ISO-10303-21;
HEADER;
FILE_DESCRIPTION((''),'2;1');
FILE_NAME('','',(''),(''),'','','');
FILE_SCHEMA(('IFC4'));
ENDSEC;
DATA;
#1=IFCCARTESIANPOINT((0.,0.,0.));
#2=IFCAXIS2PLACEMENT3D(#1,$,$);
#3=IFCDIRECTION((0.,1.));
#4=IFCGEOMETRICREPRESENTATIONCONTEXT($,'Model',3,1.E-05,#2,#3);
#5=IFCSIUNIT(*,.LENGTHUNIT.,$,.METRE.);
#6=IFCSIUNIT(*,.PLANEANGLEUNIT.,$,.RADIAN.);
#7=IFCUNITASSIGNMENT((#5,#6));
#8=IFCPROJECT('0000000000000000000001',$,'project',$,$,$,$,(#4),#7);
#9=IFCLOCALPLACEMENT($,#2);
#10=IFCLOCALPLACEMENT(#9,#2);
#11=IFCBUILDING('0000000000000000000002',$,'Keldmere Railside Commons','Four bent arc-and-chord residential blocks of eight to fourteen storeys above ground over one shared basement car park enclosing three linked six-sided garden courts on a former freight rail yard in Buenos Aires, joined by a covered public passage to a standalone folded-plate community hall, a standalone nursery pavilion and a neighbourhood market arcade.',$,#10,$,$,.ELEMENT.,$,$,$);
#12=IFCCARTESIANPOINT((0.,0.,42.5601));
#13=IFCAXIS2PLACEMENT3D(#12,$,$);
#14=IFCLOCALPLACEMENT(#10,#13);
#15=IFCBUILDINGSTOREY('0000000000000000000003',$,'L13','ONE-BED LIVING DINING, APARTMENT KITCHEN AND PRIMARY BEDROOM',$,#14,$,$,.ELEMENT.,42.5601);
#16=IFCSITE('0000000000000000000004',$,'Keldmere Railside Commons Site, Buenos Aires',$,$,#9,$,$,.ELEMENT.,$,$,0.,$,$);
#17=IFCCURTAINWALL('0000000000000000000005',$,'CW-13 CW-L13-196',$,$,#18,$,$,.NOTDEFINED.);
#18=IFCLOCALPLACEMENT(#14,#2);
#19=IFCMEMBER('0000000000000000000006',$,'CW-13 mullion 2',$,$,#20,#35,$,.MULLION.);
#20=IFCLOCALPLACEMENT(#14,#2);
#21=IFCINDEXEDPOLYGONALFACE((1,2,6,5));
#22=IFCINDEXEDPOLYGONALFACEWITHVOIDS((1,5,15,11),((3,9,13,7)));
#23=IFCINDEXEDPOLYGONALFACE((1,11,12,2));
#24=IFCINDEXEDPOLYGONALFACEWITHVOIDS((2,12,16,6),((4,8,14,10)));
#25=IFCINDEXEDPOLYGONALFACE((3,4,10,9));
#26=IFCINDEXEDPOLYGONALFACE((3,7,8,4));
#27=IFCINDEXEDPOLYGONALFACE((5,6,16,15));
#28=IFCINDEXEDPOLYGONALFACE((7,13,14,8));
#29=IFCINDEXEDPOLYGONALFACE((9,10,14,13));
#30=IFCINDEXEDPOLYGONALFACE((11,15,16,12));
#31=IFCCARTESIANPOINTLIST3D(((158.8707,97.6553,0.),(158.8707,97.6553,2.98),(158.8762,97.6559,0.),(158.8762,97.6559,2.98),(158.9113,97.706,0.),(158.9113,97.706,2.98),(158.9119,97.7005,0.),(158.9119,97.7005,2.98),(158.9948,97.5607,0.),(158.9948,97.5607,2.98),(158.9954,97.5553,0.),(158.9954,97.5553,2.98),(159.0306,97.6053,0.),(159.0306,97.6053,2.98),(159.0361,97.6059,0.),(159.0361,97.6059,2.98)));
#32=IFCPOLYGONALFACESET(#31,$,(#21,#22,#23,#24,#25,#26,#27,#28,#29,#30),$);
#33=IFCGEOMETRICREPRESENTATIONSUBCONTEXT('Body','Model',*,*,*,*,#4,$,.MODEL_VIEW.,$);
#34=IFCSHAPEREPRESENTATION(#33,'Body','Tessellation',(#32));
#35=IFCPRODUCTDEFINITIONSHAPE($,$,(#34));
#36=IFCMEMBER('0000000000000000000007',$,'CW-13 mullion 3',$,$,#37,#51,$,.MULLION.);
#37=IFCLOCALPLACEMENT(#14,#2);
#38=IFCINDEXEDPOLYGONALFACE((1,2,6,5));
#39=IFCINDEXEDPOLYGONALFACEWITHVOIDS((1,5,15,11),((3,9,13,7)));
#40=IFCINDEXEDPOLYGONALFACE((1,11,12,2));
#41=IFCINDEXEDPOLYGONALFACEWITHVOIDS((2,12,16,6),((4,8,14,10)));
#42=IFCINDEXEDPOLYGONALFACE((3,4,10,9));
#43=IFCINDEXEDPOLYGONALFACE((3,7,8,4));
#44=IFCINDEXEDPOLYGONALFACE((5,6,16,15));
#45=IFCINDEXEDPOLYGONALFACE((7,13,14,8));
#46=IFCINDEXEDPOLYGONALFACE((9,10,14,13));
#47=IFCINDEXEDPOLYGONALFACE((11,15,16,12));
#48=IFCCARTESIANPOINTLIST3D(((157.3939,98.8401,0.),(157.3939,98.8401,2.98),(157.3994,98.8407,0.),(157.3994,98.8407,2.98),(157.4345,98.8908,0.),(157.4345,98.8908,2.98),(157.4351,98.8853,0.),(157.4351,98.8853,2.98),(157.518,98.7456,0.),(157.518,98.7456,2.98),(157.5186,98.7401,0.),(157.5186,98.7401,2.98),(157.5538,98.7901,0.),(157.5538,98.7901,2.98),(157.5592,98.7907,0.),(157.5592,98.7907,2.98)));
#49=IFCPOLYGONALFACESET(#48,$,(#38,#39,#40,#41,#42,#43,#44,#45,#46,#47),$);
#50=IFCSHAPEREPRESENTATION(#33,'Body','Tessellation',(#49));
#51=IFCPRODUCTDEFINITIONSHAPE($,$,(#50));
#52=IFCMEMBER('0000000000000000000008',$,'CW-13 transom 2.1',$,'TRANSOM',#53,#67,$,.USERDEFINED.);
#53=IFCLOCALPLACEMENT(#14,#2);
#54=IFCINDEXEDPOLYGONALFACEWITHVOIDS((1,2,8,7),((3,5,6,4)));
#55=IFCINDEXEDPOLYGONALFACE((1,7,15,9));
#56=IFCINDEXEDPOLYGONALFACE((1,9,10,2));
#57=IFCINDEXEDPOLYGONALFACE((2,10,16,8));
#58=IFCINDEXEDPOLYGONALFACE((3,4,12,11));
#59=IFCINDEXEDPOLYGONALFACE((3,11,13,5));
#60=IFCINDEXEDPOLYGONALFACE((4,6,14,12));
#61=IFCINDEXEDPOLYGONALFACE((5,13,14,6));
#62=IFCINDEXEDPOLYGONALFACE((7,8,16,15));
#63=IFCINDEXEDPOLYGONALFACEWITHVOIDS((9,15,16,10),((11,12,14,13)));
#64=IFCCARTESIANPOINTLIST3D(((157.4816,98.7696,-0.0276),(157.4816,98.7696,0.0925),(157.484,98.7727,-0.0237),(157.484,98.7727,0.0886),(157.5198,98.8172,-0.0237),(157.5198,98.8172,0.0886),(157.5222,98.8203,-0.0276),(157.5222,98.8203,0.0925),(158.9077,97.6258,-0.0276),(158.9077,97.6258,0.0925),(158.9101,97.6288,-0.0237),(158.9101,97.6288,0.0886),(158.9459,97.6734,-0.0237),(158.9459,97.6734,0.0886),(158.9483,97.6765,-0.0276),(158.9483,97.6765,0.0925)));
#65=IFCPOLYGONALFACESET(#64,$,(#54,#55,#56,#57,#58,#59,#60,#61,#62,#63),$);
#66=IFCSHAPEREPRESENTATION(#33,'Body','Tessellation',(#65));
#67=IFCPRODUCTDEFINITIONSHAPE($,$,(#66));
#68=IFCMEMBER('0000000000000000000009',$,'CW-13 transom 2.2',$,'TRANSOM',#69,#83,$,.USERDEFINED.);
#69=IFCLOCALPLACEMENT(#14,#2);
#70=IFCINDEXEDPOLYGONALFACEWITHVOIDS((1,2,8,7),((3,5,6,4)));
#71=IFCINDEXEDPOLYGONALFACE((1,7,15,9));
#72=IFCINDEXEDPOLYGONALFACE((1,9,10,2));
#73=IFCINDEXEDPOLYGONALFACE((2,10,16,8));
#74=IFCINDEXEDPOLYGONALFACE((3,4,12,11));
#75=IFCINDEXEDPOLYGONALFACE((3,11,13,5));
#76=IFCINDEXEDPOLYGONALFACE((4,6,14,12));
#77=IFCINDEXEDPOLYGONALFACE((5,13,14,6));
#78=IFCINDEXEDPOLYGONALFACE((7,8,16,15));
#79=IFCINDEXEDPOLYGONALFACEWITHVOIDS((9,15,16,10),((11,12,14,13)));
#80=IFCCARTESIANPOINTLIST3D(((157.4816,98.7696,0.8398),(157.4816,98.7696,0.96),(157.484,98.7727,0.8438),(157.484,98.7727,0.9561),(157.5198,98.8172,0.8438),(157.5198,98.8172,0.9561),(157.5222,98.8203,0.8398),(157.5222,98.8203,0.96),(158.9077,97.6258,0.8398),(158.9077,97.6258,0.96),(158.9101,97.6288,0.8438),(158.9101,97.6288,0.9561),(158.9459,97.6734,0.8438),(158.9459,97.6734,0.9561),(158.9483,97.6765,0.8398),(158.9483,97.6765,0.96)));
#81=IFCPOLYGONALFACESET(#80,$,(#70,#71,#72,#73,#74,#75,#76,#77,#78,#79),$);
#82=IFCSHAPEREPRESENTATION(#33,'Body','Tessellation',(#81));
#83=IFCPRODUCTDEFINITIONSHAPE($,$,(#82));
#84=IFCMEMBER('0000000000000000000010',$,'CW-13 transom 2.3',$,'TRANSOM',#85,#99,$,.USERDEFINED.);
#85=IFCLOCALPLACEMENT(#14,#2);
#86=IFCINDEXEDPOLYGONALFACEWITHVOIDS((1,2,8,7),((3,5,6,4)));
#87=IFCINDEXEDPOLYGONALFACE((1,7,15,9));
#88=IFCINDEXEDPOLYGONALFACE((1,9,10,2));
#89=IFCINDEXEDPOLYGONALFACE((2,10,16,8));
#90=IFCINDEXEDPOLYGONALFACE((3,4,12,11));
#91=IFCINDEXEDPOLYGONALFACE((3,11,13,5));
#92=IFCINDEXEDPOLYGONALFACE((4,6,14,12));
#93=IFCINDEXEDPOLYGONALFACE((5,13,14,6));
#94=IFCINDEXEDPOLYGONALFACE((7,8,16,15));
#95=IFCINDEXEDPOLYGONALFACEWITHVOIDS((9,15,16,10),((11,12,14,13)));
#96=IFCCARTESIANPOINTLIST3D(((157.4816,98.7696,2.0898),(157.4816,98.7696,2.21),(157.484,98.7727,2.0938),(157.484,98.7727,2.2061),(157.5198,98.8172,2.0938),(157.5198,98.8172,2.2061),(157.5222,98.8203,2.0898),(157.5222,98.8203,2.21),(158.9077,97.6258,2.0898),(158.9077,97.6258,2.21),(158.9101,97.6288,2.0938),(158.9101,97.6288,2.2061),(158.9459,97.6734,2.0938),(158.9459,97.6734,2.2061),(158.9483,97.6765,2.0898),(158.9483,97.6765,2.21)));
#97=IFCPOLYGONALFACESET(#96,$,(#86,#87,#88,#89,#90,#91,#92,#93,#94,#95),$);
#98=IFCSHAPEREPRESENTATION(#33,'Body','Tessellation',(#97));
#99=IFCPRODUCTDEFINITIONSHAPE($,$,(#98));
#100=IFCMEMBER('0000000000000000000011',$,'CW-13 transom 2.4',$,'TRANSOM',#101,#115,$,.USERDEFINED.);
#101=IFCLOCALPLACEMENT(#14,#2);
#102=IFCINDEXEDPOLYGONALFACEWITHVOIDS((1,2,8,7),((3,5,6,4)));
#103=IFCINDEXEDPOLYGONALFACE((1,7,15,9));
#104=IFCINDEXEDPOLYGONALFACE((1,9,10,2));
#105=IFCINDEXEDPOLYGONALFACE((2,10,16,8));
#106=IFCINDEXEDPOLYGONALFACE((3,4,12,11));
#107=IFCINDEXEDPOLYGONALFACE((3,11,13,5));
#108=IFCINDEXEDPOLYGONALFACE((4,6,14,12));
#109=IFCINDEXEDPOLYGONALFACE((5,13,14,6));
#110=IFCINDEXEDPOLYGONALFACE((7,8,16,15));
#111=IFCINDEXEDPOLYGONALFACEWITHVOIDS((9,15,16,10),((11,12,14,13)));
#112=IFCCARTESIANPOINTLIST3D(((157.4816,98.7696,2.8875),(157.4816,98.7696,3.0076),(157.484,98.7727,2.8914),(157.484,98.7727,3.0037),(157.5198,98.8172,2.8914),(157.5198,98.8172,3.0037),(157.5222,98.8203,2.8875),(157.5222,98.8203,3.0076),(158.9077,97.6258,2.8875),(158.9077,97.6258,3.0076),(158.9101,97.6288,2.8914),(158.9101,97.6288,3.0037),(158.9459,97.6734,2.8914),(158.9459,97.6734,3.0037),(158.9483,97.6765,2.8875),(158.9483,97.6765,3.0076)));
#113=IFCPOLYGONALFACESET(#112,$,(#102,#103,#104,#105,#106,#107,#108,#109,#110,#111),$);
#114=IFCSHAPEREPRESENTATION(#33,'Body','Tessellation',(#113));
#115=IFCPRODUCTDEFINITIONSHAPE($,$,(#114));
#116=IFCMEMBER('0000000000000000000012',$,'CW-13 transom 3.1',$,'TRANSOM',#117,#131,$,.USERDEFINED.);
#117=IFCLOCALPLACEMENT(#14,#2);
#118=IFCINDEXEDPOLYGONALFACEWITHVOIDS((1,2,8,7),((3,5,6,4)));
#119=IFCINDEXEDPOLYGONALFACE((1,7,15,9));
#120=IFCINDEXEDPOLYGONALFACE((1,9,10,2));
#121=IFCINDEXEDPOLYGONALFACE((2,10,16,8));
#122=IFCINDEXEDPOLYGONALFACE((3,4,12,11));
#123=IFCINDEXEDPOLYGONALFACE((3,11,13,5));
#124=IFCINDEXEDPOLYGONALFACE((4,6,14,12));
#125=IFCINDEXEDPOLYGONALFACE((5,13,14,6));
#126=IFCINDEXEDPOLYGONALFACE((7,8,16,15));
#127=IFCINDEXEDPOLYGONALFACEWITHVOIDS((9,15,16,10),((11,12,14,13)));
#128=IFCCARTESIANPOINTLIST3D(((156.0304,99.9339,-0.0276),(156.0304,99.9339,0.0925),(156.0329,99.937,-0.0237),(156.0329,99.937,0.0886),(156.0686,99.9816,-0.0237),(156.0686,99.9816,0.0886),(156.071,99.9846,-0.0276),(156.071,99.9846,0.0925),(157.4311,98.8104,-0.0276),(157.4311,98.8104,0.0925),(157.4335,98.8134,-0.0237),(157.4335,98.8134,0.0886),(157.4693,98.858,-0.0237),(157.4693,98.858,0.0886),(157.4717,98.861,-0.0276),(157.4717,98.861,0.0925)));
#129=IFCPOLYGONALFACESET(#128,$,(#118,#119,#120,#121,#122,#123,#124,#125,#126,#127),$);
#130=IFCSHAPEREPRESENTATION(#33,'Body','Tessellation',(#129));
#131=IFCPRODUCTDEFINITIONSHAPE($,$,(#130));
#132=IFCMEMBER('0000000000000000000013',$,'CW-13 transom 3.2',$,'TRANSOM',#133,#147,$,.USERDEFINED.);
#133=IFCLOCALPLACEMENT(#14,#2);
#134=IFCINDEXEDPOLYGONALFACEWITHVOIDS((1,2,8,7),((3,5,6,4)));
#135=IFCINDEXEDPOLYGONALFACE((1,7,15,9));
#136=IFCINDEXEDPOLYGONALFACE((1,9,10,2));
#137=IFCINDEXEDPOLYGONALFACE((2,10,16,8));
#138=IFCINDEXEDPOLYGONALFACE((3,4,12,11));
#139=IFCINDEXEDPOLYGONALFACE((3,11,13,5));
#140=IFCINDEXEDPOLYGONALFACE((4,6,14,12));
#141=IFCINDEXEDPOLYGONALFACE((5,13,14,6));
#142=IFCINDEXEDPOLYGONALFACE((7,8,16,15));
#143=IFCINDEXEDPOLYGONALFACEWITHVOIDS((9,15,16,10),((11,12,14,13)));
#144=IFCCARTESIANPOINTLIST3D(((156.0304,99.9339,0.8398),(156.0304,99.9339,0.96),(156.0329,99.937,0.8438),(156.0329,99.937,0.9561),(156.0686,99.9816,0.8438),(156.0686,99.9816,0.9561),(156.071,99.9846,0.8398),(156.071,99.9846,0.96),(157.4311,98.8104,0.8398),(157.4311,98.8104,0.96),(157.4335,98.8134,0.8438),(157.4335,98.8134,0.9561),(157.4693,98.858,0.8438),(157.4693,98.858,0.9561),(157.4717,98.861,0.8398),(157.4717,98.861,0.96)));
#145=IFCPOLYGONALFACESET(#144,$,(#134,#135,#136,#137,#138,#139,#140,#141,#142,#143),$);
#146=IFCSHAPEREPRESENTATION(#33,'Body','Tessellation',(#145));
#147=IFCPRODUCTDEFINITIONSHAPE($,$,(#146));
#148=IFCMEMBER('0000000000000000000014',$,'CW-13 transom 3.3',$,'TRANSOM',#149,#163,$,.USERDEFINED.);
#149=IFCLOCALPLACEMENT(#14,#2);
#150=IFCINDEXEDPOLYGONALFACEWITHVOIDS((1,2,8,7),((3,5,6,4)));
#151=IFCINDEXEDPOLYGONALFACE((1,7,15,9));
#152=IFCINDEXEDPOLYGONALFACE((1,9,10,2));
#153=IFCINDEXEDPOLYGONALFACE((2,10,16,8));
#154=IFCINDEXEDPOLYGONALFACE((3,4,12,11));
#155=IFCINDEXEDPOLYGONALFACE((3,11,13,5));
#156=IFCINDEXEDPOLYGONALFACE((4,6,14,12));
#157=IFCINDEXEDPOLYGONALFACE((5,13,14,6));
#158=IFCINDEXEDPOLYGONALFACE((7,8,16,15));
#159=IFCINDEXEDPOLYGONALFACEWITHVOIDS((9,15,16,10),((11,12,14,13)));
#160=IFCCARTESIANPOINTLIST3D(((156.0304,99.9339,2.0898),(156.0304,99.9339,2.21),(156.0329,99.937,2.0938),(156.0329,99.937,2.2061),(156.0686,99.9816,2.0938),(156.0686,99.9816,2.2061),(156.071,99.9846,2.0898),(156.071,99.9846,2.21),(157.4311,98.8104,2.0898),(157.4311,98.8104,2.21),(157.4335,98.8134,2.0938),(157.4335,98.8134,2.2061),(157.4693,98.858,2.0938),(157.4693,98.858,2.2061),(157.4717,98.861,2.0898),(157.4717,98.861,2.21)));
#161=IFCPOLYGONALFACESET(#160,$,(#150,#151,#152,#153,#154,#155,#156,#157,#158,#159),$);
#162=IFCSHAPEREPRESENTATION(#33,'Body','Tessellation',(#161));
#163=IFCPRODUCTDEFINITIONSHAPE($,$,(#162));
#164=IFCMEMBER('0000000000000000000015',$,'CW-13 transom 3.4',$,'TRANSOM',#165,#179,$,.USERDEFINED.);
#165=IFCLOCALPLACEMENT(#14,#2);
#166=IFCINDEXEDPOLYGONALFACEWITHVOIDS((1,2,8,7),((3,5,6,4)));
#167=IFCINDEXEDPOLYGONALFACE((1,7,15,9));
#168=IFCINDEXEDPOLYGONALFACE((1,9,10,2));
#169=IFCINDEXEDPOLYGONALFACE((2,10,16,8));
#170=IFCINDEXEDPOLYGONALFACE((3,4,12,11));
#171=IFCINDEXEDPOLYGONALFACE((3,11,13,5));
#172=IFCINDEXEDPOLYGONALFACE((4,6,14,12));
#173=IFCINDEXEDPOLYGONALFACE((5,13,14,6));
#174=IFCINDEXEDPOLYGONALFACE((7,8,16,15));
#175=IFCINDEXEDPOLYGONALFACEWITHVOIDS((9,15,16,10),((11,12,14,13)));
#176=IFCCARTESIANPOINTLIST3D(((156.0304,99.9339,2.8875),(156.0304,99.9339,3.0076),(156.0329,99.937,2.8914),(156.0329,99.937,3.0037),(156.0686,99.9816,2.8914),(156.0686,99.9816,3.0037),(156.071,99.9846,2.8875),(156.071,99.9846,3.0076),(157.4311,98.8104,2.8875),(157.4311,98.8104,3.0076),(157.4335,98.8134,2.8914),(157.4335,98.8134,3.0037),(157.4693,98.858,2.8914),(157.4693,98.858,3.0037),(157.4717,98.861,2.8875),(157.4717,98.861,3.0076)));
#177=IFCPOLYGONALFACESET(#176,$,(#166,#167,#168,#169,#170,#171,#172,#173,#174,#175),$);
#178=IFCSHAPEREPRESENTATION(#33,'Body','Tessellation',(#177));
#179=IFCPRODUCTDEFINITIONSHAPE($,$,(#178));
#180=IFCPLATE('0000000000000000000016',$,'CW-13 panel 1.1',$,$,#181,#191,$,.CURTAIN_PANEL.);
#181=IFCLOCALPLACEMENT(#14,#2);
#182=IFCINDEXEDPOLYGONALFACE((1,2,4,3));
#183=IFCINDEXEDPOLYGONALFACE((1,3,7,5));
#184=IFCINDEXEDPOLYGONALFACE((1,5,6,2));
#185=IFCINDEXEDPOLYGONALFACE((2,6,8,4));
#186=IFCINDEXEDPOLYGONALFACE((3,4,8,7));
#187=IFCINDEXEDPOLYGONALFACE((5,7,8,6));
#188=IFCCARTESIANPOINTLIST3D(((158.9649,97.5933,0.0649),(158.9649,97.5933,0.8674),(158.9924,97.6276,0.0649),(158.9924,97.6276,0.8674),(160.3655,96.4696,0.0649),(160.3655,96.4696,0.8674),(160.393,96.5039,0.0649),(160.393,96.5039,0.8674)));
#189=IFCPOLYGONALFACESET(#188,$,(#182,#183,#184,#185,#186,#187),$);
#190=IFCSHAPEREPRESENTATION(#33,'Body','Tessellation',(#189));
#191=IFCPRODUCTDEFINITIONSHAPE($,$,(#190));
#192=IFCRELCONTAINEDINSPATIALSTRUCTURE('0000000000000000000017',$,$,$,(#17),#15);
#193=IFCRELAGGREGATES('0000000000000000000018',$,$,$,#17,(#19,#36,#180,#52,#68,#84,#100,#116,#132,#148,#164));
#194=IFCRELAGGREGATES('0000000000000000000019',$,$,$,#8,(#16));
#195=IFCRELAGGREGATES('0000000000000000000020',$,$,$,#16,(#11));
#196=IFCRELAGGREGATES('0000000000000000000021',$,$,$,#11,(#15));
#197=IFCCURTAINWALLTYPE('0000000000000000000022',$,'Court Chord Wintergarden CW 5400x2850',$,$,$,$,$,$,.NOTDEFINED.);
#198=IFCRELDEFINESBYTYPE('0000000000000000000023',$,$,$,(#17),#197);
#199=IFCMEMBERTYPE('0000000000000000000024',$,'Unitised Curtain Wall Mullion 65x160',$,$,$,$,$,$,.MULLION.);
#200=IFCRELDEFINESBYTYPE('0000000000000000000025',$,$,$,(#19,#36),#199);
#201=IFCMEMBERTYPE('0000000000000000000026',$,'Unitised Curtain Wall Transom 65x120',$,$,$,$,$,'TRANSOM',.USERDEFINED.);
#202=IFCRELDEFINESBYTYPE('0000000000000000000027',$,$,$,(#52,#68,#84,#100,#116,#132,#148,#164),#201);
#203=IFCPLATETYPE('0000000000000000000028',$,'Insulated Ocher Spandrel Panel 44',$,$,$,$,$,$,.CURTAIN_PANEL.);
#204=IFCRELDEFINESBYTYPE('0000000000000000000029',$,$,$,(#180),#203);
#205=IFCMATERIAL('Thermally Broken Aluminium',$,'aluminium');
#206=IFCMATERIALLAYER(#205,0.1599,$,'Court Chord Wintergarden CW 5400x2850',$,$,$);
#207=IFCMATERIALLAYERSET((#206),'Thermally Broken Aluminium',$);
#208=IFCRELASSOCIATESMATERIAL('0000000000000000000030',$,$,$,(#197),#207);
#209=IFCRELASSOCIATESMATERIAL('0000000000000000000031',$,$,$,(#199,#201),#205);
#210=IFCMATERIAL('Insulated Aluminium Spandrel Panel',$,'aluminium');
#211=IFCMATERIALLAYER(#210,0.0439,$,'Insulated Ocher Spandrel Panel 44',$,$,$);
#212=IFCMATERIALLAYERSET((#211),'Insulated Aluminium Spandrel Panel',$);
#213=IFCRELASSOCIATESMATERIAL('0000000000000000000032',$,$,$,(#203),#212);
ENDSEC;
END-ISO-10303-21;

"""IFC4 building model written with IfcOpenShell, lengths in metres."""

from ifc_helpers import new_model, si_unit, direction, frame, origin, origin_2d, place, context, subcontext, project, spatial, rectangle, hollow_rectangle, extrude, material, layer, layer_set, material_profile, profile_set, type_object, element, aggregate, save


model = new_model("IFC4")

# Units and contexts
model_context = context("Model", 3, precision=1e-05, world=origin(), true_north=direction((0.0, 1.0)))
body_context = subcontext(model_context, "Body", "Model", "MODEL_VIEW")
ifc_project = project(units=[si_unit("LENGTHUNIT", "METRE"), si_unit("PLANEANGLEUNIT", "RADIAN")], contexts=[model_context])

# Site, building, storey
site_placement = place(None, origin())
site = spatial("IfcSite", under=ifc_project, at=site_placement, Name="Keldmere Railside Commons Site, Buenos Aires", CompositionType="ELEMENT", RefElevation=0.0)
building_placement = place(site_placement, origin())
building = spatial("IfcBuilding", under=site, at=building_placement, Name="Keldmere Railside Commons", Description="Four bent arc-and-chord residential blocks of eight to fourteen storeys above ground over one shared basement car park enclosing three linked six-sided garden courts on a former freight rail yard in Buenos Aires, joined by a covered public passage to a standalone folded-plate community hall, a standalone nursery pavilion and a neighbourhood market arcade.", CompositionType="ELEMENT")
storey_placement = place(building_placement, frame((0.0, 0.0, 42.5601)))
storey = spatial("IfcBuildingStorey", under=building, at=storey_placement, Name="L13", Description="ONE-BED LIVING DINING, APARTMENT KITCHEN AND PRIMARY BEDROOM", CompositionType="ELEMENT", Elevation=42.5601)

# Curtain wall, members, plate
ifc_material_1 = material(Name="Thermally Broken Aluminium", Category="aluminium")
ifc_layer_1 = layer(ifc_material_1, 0.1599, Name="Court Chord Wintergarden CW 5400x2850")
ifc_layer_set_1 = layer_set([ifc_layer_1], Name="Thermally Broken Aluminium")
curtain_wall_type = type_object("IfcCurtainWallType", Name="Court Chord Wintergarden CW 5400x2850", PredefinedType="NOTDEFINED", material=ifc_layer_set_1)
curtain_wall_placement = place(storey_placement, origin())
curtain_wall = element("IfcCurtainWall", 1, at=curtain_wall_placement, inside=storey, type_object=curtain_wall_type, Name="CW-13 CW-L13-196", PredefinedType="NOTDEFINED")
ifc_material_profile_1 = material_profile(ifc_material_1, hollow_rectangle(XDim=0.0649, YDim=0.1599, WallThickness=0.0039, at=origin_2d()), Name="ALU-MULL-65x160")
ifc_profile_set_1 = profile_set([ifc_material_profile_1], Name="Thermally Broken Aluminium")
member_type_1 = type_object("IfcMemberType", Name="Unitised Curtain Wall Mullion 65x160", PredefinedType="MULLION", material=ifc_profile_set_1)
member_1_placement = place(storey_placement, frame((158.9534, 97.6306, 0.0), z_axis=(0.0, 0.0, 1.0), x_axis=(-0.625768, -0.780009, 0.0)))
member_1 = element("IfcMember", 2, at=member_1_placement, type_object=member_type_1, Name="CW-13 mullion 2", PredefinedType="MULLION", context=body_context, shape_type="SweptSolid", body=[
    extrude(hollow_rectangle(XDim=0.0649, YDim=0.1599, WallThickness=0.0039, at=origin_2d()), origin(), (0.0, 0.0, 1.0), 2.98),
])
member_2_placement = place(storey_placement, frame((157.4766, 98.8154, 0.0), z_axis=(0.0, 0.0, 1.0), x_axis=(-0.625768, -0.780009, 0.0)))
member_2 = element("IfcMember", 3, at=member_2_placement, type_object=member_type_1, Name="CW-13 mullion 3", PredefinedType="MULLION", context=body_context, shape_type="SweptSolid", body=[
    extrude(hollow_rectangle(XDim=0.0649, YDim=0.1599, WallThickness=0.0039, at=origin_2d()), origin(), (0.0, 0.0, 1.0), 2.98),
])
ifc_material_profile_2 = material_profile(ifc_material_1, hollow_rectangle(XDim=0.0649, YDim=0.1201, WallThickness=0.0039, at=origin_2d()), Name="ALU-TRAN-65x120")
ifc_profile_set_2 = profile_set([ifc_material_profile_2], Name="Thermally Broken Aluminium")
member_type_2 = type_object("IfcMemberType", Name="Unitised Curtain Wall Transom 65x120", ElementType="TRANSOM", PredefinedType="USERDEFINED", material=ifc_profile_set_2)
member_3_placement = place(storey_placement, frame((158.928, 97.6511, 0.0325), z_axis=(-0.780073, 0.625688, 0.0), x_axis=(-0.625688, -0.780073, 0.0)))
member_3 = element("IfcMember", 4, at=member_3_placement, type_object=member_type_2, Name="CW-13 transom 2.1", ObjectType="TRANSOM", PredefinedType="USERDEFINED", context=body_context, shape_type="SweptSolid", body=[
    extrude(hollow_rectangle(XDim=0.0649, YDim=0.1201, WallThickness=0.0039, at=origin_2d()), origin(), (0.0, 0.0, 1.0), 1.8281),
])
member_4_placement = place(storey_placement, frame((158.928, 97.6511, 0.8999), z_axis=(-0.780073, 0.625688, 0.0), x_axis=(-0.625688, -0.780073, 0.0)))
member_4 = element("IfcMember", 5, at=member_4_placement, type_object=member_type_2, Name="CW-13 transom 2.2", ObjectType="TRANSOM", PredefinedType="USERDEFINED", context=body_context, shape_type="SweptSolid", body=[
    extrude(hollow_rectangle(XDim=0.0649, YDim=0.1201, WallThickness=0.0039, at=origin_2d()), origin(), (0.0, 0.0, 1.0), 1.8281),
])
member_5_placement = place(storey_placement, frame((158.928, 97.6511, 2.1499), z_axis=(-0.780073, 0.625688, 0.0), x_axis=(-0.625688, -0.780073, 0.0)))
member_5 = element("IfcMember", 6, at=member_5_placement, type_object=member_type_2, Name="CW-13 transom 2.3", ObjectType="TRANSOM", PredefinedType="USERDEFINED", context=body_context, shape_type="SweptSolid", body=[
    extrude(hollow_rectangle(XDim=0.0649, YDim=0.1201, WallThickness=0.0039, at=origin_2d()), origin(), (0.0, 0.0, 1.0), 1.8281),
])
member_6_placement = place(storey_placement, frame((158.928, 97.6511, 2.9475), z_axis=(-0.780073, 0.625688, 0.0), x_axis=(-0.625688, -0.780073, 0.0)))
member_6 = element("IfcMember", 7, at=member_6_placement, type_object=member_type_2, Name="CW-13 transom 2.4", ObjectType="TRANSOM", PredefinedType="USERDEFINED", context=body_context, shape_type="SweptSolid", body=[
    extrude(hollow_rectangle(XDim=0.0649, YDim=0.1201, WallThickness=0.0039, at=origin_2d()), origin(), (0.0, 0.0, 1.0), 1.8281),
])
member_7_placement = place(storey_placement, frame((157.4514, 98.8357, 0.0325), z_axis=(-0.780046, 0.625723, 0.0), x_axis=(-0.625723, -0.780046, 0.0)))
member_7 = element("IfcMember", 8, at=member_7_placement, type_object=member_type_2, Name="CW-13 transom 3.1", ObjectType="TRANSOM", PredefinedType="USERDEFINED", context=body_context, shape_type="SweptSolid", body=[
    extrude(hollow_rectangle(XDim=0.0649, YDim=0.1201, WallThickness=0.0039, at=origin_2d()), origin(), (0.0, 0.0, 1.0), 1.7957),
])
member_8_placement = place(storey_placement, frame((157.4514, 98.8357, 0.8999), z_axis=(-0.780046, 0.625723, 0.0), x_axis=(-0.625723, -0.780046, 0.0)))
member_8 = element("IfcMember", 9, at=member_8_placement, type_object=member_type_2, Name="CW-13 transom 3.2", ObjectType="TRANSOM", PredefinedType="USERDEFINED", context=body_context, shape_type="SweptSolid", body=[
    extrude(hollow_rectangle(XDim=0.0649, YDim=0.1201, WallThickness=0.0039, at=origin_2d()), origin(), (0.0, 0.0, 1.0), 1.7957),
])
member_9_placement = place(storey_placement, frame((157.4514, 98.8357, 2.1499), z_axis=(-0.780046, 0.625723, 0.0), x_axis=(-0.625723, -0.780046, 0.0)))
member_9 = element("IfcMember", 10, at=member_9_placement, type_object=member_type_2, Name="CW-13 transom 3.3", ObjectType="TRANSOM", PredefinedType="USERDEFINED", context=body_context, shape_type="SweptSolid", body=[
    extrude(hollow_rectangle(XDim=0.0649, YDim=0.1201, WallThickness=0.0039, at=origin_2d()), origin(), (0.0, 0.0, 1.0), 1.7957),
])
member_10_placement = place(storey_placement, frame((157.4514, 98.8357, 2.9475), z_axis=(-0.780046, 0.625723, 0.0), x_axis=(-0.625723, -0.780046, 0.0)))
member_10 = element("IfcMember", 11, at=member_10_placement, type_object=member_type_2, Name="CW-13 transom 3.4", ObjectType="TRANSOM", PredefinedType="USERDEFINED", context=body_context, shape_type="SweptSolid", body=[
    extrude(hollow_rectangle(XDim=0.0649, YDim=0.1201, WallThickness=0.0039, at=origin_2d()), origin(), (0.0, 0.0, 1.0), 1.7957),
])
ifc_material_2 = material(Name="Insulated Aluminium Spandrel Panel", Category="aluminium")
ifc_layer_2 = layer(ifc_material_2, 0.0439, Name="Insulated Ocher Spandrel Panel 44")
ifc_layer_set_2 = layer_set([ifc_layer_2], Name="Insulated Aluminium Spandrel Panel")
plate_type = type_object("IfcPlateType", Name="Insulated Ocher Spandrel Panel 44", PredefinedType="CURTAIN_PANEL", material=ifc_layer_set_2)
plate_1_placement = place(storey_placement, frame((159.679, 97.0486, 0.0649), z_axis=(0.0, 0.0, 1.0), x_axis=(-0.780009, 0.625768, 0.0)))
plate_1 = element("IfcPlate", 12, at=plate_1_placement, type_object=plate_type, Name="CW-13 panel 1.1", PredefinedType="CURTAIN_PANEL", context=body_context, shape_type="SweptSolid", body=[
    extrude(rectangle(XDim=1.7957, YDim=0.0439, at=origin_2d()), origin(), (0.0, 0.0, 1.0), 0.8025),
])
aggregate(curtain_wall, [member_1, member_2, plate_1, member_3, member_4, member_5, member_6, member_7, member_8, member_9, member_10])

save(model, "model.ifc")
